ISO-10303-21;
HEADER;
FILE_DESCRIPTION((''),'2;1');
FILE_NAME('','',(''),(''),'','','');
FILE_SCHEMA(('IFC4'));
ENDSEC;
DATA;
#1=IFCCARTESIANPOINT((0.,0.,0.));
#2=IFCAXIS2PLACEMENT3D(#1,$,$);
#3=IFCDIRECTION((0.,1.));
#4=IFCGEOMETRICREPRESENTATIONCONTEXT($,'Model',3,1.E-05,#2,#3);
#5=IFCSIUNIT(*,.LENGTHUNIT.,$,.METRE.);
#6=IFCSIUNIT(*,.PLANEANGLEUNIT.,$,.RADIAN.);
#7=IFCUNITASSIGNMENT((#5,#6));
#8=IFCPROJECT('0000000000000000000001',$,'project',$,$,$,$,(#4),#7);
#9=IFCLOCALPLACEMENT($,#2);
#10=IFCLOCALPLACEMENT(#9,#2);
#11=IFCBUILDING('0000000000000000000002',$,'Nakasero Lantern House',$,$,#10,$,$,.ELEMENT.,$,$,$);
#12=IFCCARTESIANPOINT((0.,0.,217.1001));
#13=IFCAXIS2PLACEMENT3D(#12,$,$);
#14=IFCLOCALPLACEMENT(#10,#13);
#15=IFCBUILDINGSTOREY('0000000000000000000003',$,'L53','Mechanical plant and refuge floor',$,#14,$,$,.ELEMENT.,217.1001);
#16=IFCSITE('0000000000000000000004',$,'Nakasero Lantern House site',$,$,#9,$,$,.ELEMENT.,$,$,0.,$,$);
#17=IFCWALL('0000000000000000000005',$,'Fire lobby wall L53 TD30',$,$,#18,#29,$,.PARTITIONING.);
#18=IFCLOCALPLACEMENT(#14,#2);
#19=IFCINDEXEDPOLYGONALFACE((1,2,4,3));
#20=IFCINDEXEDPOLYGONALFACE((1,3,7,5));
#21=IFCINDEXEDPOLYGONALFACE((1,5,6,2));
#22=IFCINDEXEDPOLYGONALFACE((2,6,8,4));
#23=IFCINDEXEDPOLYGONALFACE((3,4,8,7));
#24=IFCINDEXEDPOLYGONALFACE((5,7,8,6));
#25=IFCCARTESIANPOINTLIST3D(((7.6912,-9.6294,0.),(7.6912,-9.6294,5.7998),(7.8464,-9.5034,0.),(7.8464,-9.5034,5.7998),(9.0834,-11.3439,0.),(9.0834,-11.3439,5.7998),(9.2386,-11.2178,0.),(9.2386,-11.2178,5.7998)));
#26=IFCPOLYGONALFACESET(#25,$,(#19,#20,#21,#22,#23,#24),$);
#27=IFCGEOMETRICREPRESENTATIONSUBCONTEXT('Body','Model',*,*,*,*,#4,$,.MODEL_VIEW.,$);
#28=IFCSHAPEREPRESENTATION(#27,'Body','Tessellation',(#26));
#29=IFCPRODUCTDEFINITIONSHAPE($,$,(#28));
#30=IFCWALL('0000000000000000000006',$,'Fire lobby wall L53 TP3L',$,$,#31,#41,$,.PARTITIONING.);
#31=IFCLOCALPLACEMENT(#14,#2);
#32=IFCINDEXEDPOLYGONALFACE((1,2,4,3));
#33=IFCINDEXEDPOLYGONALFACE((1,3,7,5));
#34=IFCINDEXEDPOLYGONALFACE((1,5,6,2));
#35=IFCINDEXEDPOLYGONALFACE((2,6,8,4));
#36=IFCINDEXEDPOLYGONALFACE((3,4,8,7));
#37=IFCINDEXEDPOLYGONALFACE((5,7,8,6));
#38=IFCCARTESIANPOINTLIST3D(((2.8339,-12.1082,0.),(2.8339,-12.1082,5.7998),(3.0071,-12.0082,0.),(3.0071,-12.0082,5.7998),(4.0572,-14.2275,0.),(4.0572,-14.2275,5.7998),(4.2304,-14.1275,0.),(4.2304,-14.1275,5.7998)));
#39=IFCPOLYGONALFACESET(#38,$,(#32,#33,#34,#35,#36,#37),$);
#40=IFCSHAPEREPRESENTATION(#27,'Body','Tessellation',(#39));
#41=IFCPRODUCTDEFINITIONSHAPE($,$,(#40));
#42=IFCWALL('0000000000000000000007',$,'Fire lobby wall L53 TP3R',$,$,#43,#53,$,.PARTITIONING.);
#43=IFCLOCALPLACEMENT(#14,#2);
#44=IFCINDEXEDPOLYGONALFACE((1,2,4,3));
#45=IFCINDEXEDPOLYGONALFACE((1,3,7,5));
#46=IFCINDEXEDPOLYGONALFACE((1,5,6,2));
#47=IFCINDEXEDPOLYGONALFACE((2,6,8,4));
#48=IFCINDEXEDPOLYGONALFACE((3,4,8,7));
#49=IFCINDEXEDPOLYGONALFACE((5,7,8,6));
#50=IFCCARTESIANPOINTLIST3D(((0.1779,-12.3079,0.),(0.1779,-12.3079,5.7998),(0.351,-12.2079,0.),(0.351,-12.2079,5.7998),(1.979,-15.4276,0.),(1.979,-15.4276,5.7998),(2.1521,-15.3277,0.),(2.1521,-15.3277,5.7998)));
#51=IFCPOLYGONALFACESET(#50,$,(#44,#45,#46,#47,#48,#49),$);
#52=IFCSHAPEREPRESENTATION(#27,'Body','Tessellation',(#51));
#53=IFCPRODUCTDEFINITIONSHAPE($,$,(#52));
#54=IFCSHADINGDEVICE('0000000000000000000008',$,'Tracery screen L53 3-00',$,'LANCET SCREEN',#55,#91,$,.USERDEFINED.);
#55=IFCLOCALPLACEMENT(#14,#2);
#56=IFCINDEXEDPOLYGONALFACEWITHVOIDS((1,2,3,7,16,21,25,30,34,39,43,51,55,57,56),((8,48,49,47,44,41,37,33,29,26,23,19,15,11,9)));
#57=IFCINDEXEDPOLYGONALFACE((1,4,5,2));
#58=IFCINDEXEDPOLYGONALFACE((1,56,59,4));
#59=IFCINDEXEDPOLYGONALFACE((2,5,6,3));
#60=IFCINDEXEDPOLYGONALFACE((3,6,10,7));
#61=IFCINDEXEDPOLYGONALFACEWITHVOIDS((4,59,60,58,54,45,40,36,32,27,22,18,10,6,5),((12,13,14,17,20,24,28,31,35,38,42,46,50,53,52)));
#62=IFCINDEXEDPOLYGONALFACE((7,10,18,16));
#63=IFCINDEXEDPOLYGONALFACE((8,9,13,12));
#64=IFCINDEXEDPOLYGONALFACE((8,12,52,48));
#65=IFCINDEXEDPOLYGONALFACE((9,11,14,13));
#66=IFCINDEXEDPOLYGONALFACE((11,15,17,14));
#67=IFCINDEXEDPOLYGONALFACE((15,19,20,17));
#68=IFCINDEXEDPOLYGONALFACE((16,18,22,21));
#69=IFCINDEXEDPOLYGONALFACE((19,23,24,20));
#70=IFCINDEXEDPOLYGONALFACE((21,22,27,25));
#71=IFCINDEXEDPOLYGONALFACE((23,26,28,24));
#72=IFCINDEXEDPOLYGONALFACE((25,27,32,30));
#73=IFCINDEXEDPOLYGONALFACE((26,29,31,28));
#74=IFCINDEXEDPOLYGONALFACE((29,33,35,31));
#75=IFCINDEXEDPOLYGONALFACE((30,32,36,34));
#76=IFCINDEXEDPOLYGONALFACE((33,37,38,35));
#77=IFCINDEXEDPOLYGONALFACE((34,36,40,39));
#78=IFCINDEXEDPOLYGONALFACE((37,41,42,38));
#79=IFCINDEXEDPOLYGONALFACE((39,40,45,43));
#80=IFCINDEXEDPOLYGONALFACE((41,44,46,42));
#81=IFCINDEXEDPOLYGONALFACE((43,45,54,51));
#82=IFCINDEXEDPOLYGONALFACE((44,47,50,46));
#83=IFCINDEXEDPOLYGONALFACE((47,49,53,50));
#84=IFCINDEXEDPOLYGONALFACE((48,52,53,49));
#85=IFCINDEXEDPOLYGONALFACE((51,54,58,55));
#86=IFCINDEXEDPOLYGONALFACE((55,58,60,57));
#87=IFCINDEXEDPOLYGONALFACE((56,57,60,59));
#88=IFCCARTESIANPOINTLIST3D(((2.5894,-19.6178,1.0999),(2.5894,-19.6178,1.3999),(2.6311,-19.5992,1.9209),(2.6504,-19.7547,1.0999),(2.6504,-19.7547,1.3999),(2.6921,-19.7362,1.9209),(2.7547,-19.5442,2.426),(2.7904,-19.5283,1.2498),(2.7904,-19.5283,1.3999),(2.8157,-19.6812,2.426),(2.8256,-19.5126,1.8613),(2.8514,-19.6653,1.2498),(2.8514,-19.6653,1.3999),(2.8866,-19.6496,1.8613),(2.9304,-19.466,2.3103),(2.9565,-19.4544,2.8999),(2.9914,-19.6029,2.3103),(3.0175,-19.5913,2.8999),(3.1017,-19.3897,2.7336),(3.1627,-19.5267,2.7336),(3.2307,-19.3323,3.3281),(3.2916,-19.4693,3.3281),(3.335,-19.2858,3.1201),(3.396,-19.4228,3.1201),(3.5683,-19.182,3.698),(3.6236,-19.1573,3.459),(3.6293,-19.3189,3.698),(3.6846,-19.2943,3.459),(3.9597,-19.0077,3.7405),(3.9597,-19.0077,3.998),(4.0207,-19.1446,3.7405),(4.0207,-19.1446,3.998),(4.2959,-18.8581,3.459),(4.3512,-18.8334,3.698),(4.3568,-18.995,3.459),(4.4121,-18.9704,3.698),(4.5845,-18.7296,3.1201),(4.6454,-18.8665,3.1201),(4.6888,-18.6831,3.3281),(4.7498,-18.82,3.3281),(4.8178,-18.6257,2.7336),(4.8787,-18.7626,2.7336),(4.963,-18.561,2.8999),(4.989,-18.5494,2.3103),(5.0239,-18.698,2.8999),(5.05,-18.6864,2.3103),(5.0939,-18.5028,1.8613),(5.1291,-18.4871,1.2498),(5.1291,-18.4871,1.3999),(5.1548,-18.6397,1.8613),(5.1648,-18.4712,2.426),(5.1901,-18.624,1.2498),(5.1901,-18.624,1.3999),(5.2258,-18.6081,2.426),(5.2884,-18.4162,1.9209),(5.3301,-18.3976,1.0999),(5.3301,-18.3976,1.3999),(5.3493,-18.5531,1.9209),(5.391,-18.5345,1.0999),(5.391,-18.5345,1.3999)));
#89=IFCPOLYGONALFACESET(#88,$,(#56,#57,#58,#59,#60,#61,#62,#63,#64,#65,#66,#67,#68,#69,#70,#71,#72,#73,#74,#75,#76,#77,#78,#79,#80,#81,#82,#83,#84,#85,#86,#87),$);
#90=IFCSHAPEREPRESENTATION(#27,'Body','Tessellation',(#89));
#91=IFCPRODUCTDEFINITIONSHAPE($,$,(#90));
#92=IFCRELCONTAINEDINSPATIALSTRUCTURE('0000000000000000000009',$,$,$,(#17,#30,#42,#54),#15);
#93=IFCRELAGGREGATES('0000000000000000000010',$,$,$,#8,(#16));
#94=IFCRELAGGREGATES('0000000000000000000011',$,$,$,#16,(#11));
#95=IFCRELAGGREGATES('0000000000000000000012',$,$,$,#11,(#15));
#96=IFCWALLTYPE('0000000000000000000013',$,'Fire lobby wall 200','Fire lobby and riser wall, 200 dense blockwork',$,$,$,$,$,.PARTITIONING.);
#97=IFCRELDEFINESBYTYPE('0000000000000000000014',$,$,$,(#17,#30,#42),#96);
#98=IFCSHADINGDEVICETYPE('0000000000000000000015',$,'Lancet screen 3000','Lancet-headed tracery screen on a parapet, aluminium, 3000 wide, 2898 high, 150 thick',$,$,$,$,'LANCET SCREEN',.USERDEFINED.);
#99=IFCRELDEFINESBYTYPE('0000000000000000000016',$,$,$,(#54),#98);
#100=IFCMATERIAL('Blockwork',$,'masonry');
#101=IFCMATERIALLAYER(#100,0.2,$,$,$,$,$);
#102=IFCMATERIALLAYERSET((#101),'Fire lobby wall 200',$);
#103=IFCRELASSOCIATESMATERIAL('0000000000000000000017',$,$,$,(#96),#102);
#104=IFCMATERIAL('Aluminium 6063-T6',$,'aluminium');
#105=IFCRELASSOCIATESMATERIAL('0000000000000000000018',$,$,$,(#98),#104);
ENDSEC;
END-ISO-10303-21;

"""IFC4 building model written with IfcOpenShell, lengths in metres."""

from ifc_helpers import new_model, si_unit, direction, frame, frame_2d, origin, place, context, subcontext, project, spatial, polyline, rectangle, outline, extrude, material, layer, layer_set, type_object, element, save


model = new_model("IFC4")

# Units and contexts
model_context = context("Model", 3, precision=1e-05, world=origin(), true_north=direction((0.0, 1.0)))
body_context = subcontext(model_context, "Body", "Model", "MODEL_VIEW")
ifc_project = project(units=[si_unit("LENGTHUNIT", "METRE"), si_unit("PLANEANGLEUNIT", "RADIAN")], contexts=[model_context])

# Site, building, storey
site_placement = place(None, origin())
site = spatial("IfcSite", under=ifc_project, at=site_placement, Name="Nakasero Lantern House site", CompositionType="ELEMENT", RefElevation=0.0)
building_placement = place(site_placement, origin())
building = spatial("IfcBuilding", under=site, at=building_placement, Name="Nakasero Lantern House", CompositionType="ELEMENT")
storey_placement = place(building_placement, frame((0.0, 0.0, 217.1001)))
storey = spatial("IfcBuildingStorey", under=building, at=storey_placement, Name="L53", Description="Mechanical plant and refuge floor", CompositionType="ELEMENT", Elevation=217.1001)

# Walls
ifc_material_1 = material(Name="Blockwork", Category="masonry")
ifc_layer_1 = layer(ifc_material_1, 0.2)
ifc_layer_set_1 = layer_set([ifc_layer_1], Name="Fire lobby wall 200")
wall_type_1 = type_object("IfcWallType", Name="Fire lobby wall 200", Description="Fire lobby and riser wall, 200 dense blockwork", PredefinedType="PARTITIONING", material=ifc_layer_set_1)
wall_1_placement = place(storey_placement, frame((7.7688, -9.5664, 0.0), z_axis=(0.0, 0.0, 1.0), x_axis=(0.630368, -0.776297, 0.0)))
element("IfcWall", 1, at=wall_1_placement, inside=storey, type_object=wall_type_1, Name="Fire lobby wall L53 TD30", PredefinedType="PARTITIONING", context=body_context, shape_type="SweptSolid", body=[
    extrude(rectangle(XDim=2.2085, YDim=0.2, at=frame_2d((1.1042, 0.0))), origin(), (0.0, 0.0, 1.0), 5.7998),
])
wall_2_placement = place(storey_placement, frame((2.9204, -12.0581, 0.0), z_axis=(0.0, 0.0, 1.0), x_axis=(0.499927, -0.866068, 0.0)))
element("IfcWall", 2, at=wall_2_placement, inside=storey, type_object=wall_type_1, Name="Fire lobby wall L53 TP3L", PredefinedType="PARTITIONING", context=body_context, shape_type="SweptSolid", body=[
    extrude(rectangle(XDim=2.447, YDim=0.2, at=frame_2d((1.2236, 0.0))), origin(), (0.0, 0.0, 1.0), 5.7998),
])
wall_3_placement = place(storey_placement, frame((0.2644, -12.2578, 0.0), z_axis=(0.0, 0.0, 1.0), x_axis=(0.499981, -0.866037, 0.0)))
element("IfcWall", 3, at=wall_3_placement, inside=storey, type_object=wall_type_1, Name="Fire lobby wall L53 TP3R", PredefinedType="PARTITIONING", context=body_context, shape_type="SweptSolid", body=[
    extrude(rectangle(XDim=3.6023, YDim=0.2, at=frame_2d((1.8013, 0.0))), origin(), (0.0, 0.0, 1.0), 5.7998),
])

# Shading device
ifc_material_2 = material(Name="Aluminium 6063-T6", Category="aluminium")
shading_device_type = type_object("IfcShadingDeviceType", Name="Lancet screen 3000", Description="Lancet-headed tracery screen on a parapet, aluminium, 3000 wide, 2898 high, 150 thick", ElementType="LANCET SCREEN", PredefinedType="USERDEFINED", material=ifc_material_2)
shading_device_placement = place(storey_placement, frame((3.9902, -19.0762, 1.0999), z_axis=(0.0, 0.0, 1.0), x_axis=(0.913545, 0.406737, 0.0)))
element("IfcShadingDevice", 4, at=shading_device_placement, inside=storey, type_object=shading_device_type, Name="Tracery screen L53 3-00", ObjectType="LANCET SCREEN", PredefinedType="USERDEFINED", context=body_context, shape_type="SweptSolid", body=[
    extrude(outline(polyline([(-1.5, 0.0), (1.5, 0.0), (1.5, 0.3), (1.4543, 0.821), (1.3191, 1.3262), (1.0981, 1.8), (0.7981, 2.2283), (0.4285, 2.5981), (0.0, 2.8982), (-0.4285, 2.5981), (-0.7981, 2.2283), (-1.0981, 1.8), (-1.3191, 1.3262), (-1.4543, 0.821), (-1.5, 0.3), (-1.5, 0.0)]), holes=[polyline([(-1.28, 0.1499), (1.28, 0.1499), (1.28, 0.3), (1.2415, 0.7615), (1.1267, 1.2104), (0.9392, 1.6338), (0.6838, 2.0203), (0.3679, 2.3591), (0.0, 2.6406), (-0.3679, 2.3591), (-0.6838, 2.0203), (-0.9392, 1.6338), (-1.1267, 1.2104), (-1.2415, 0.7615), (-1.28, 0.3), (-1.28, 0.1499)])]), frame((0.0, 0.075, 0.0), z_axis=(0.0, -1.0, 0.0), x_axis=(1.0, 0.0, 0.0)), (0.0, 0.0, 1.0), 0.1499),
])

save(model, "model.ifc")
